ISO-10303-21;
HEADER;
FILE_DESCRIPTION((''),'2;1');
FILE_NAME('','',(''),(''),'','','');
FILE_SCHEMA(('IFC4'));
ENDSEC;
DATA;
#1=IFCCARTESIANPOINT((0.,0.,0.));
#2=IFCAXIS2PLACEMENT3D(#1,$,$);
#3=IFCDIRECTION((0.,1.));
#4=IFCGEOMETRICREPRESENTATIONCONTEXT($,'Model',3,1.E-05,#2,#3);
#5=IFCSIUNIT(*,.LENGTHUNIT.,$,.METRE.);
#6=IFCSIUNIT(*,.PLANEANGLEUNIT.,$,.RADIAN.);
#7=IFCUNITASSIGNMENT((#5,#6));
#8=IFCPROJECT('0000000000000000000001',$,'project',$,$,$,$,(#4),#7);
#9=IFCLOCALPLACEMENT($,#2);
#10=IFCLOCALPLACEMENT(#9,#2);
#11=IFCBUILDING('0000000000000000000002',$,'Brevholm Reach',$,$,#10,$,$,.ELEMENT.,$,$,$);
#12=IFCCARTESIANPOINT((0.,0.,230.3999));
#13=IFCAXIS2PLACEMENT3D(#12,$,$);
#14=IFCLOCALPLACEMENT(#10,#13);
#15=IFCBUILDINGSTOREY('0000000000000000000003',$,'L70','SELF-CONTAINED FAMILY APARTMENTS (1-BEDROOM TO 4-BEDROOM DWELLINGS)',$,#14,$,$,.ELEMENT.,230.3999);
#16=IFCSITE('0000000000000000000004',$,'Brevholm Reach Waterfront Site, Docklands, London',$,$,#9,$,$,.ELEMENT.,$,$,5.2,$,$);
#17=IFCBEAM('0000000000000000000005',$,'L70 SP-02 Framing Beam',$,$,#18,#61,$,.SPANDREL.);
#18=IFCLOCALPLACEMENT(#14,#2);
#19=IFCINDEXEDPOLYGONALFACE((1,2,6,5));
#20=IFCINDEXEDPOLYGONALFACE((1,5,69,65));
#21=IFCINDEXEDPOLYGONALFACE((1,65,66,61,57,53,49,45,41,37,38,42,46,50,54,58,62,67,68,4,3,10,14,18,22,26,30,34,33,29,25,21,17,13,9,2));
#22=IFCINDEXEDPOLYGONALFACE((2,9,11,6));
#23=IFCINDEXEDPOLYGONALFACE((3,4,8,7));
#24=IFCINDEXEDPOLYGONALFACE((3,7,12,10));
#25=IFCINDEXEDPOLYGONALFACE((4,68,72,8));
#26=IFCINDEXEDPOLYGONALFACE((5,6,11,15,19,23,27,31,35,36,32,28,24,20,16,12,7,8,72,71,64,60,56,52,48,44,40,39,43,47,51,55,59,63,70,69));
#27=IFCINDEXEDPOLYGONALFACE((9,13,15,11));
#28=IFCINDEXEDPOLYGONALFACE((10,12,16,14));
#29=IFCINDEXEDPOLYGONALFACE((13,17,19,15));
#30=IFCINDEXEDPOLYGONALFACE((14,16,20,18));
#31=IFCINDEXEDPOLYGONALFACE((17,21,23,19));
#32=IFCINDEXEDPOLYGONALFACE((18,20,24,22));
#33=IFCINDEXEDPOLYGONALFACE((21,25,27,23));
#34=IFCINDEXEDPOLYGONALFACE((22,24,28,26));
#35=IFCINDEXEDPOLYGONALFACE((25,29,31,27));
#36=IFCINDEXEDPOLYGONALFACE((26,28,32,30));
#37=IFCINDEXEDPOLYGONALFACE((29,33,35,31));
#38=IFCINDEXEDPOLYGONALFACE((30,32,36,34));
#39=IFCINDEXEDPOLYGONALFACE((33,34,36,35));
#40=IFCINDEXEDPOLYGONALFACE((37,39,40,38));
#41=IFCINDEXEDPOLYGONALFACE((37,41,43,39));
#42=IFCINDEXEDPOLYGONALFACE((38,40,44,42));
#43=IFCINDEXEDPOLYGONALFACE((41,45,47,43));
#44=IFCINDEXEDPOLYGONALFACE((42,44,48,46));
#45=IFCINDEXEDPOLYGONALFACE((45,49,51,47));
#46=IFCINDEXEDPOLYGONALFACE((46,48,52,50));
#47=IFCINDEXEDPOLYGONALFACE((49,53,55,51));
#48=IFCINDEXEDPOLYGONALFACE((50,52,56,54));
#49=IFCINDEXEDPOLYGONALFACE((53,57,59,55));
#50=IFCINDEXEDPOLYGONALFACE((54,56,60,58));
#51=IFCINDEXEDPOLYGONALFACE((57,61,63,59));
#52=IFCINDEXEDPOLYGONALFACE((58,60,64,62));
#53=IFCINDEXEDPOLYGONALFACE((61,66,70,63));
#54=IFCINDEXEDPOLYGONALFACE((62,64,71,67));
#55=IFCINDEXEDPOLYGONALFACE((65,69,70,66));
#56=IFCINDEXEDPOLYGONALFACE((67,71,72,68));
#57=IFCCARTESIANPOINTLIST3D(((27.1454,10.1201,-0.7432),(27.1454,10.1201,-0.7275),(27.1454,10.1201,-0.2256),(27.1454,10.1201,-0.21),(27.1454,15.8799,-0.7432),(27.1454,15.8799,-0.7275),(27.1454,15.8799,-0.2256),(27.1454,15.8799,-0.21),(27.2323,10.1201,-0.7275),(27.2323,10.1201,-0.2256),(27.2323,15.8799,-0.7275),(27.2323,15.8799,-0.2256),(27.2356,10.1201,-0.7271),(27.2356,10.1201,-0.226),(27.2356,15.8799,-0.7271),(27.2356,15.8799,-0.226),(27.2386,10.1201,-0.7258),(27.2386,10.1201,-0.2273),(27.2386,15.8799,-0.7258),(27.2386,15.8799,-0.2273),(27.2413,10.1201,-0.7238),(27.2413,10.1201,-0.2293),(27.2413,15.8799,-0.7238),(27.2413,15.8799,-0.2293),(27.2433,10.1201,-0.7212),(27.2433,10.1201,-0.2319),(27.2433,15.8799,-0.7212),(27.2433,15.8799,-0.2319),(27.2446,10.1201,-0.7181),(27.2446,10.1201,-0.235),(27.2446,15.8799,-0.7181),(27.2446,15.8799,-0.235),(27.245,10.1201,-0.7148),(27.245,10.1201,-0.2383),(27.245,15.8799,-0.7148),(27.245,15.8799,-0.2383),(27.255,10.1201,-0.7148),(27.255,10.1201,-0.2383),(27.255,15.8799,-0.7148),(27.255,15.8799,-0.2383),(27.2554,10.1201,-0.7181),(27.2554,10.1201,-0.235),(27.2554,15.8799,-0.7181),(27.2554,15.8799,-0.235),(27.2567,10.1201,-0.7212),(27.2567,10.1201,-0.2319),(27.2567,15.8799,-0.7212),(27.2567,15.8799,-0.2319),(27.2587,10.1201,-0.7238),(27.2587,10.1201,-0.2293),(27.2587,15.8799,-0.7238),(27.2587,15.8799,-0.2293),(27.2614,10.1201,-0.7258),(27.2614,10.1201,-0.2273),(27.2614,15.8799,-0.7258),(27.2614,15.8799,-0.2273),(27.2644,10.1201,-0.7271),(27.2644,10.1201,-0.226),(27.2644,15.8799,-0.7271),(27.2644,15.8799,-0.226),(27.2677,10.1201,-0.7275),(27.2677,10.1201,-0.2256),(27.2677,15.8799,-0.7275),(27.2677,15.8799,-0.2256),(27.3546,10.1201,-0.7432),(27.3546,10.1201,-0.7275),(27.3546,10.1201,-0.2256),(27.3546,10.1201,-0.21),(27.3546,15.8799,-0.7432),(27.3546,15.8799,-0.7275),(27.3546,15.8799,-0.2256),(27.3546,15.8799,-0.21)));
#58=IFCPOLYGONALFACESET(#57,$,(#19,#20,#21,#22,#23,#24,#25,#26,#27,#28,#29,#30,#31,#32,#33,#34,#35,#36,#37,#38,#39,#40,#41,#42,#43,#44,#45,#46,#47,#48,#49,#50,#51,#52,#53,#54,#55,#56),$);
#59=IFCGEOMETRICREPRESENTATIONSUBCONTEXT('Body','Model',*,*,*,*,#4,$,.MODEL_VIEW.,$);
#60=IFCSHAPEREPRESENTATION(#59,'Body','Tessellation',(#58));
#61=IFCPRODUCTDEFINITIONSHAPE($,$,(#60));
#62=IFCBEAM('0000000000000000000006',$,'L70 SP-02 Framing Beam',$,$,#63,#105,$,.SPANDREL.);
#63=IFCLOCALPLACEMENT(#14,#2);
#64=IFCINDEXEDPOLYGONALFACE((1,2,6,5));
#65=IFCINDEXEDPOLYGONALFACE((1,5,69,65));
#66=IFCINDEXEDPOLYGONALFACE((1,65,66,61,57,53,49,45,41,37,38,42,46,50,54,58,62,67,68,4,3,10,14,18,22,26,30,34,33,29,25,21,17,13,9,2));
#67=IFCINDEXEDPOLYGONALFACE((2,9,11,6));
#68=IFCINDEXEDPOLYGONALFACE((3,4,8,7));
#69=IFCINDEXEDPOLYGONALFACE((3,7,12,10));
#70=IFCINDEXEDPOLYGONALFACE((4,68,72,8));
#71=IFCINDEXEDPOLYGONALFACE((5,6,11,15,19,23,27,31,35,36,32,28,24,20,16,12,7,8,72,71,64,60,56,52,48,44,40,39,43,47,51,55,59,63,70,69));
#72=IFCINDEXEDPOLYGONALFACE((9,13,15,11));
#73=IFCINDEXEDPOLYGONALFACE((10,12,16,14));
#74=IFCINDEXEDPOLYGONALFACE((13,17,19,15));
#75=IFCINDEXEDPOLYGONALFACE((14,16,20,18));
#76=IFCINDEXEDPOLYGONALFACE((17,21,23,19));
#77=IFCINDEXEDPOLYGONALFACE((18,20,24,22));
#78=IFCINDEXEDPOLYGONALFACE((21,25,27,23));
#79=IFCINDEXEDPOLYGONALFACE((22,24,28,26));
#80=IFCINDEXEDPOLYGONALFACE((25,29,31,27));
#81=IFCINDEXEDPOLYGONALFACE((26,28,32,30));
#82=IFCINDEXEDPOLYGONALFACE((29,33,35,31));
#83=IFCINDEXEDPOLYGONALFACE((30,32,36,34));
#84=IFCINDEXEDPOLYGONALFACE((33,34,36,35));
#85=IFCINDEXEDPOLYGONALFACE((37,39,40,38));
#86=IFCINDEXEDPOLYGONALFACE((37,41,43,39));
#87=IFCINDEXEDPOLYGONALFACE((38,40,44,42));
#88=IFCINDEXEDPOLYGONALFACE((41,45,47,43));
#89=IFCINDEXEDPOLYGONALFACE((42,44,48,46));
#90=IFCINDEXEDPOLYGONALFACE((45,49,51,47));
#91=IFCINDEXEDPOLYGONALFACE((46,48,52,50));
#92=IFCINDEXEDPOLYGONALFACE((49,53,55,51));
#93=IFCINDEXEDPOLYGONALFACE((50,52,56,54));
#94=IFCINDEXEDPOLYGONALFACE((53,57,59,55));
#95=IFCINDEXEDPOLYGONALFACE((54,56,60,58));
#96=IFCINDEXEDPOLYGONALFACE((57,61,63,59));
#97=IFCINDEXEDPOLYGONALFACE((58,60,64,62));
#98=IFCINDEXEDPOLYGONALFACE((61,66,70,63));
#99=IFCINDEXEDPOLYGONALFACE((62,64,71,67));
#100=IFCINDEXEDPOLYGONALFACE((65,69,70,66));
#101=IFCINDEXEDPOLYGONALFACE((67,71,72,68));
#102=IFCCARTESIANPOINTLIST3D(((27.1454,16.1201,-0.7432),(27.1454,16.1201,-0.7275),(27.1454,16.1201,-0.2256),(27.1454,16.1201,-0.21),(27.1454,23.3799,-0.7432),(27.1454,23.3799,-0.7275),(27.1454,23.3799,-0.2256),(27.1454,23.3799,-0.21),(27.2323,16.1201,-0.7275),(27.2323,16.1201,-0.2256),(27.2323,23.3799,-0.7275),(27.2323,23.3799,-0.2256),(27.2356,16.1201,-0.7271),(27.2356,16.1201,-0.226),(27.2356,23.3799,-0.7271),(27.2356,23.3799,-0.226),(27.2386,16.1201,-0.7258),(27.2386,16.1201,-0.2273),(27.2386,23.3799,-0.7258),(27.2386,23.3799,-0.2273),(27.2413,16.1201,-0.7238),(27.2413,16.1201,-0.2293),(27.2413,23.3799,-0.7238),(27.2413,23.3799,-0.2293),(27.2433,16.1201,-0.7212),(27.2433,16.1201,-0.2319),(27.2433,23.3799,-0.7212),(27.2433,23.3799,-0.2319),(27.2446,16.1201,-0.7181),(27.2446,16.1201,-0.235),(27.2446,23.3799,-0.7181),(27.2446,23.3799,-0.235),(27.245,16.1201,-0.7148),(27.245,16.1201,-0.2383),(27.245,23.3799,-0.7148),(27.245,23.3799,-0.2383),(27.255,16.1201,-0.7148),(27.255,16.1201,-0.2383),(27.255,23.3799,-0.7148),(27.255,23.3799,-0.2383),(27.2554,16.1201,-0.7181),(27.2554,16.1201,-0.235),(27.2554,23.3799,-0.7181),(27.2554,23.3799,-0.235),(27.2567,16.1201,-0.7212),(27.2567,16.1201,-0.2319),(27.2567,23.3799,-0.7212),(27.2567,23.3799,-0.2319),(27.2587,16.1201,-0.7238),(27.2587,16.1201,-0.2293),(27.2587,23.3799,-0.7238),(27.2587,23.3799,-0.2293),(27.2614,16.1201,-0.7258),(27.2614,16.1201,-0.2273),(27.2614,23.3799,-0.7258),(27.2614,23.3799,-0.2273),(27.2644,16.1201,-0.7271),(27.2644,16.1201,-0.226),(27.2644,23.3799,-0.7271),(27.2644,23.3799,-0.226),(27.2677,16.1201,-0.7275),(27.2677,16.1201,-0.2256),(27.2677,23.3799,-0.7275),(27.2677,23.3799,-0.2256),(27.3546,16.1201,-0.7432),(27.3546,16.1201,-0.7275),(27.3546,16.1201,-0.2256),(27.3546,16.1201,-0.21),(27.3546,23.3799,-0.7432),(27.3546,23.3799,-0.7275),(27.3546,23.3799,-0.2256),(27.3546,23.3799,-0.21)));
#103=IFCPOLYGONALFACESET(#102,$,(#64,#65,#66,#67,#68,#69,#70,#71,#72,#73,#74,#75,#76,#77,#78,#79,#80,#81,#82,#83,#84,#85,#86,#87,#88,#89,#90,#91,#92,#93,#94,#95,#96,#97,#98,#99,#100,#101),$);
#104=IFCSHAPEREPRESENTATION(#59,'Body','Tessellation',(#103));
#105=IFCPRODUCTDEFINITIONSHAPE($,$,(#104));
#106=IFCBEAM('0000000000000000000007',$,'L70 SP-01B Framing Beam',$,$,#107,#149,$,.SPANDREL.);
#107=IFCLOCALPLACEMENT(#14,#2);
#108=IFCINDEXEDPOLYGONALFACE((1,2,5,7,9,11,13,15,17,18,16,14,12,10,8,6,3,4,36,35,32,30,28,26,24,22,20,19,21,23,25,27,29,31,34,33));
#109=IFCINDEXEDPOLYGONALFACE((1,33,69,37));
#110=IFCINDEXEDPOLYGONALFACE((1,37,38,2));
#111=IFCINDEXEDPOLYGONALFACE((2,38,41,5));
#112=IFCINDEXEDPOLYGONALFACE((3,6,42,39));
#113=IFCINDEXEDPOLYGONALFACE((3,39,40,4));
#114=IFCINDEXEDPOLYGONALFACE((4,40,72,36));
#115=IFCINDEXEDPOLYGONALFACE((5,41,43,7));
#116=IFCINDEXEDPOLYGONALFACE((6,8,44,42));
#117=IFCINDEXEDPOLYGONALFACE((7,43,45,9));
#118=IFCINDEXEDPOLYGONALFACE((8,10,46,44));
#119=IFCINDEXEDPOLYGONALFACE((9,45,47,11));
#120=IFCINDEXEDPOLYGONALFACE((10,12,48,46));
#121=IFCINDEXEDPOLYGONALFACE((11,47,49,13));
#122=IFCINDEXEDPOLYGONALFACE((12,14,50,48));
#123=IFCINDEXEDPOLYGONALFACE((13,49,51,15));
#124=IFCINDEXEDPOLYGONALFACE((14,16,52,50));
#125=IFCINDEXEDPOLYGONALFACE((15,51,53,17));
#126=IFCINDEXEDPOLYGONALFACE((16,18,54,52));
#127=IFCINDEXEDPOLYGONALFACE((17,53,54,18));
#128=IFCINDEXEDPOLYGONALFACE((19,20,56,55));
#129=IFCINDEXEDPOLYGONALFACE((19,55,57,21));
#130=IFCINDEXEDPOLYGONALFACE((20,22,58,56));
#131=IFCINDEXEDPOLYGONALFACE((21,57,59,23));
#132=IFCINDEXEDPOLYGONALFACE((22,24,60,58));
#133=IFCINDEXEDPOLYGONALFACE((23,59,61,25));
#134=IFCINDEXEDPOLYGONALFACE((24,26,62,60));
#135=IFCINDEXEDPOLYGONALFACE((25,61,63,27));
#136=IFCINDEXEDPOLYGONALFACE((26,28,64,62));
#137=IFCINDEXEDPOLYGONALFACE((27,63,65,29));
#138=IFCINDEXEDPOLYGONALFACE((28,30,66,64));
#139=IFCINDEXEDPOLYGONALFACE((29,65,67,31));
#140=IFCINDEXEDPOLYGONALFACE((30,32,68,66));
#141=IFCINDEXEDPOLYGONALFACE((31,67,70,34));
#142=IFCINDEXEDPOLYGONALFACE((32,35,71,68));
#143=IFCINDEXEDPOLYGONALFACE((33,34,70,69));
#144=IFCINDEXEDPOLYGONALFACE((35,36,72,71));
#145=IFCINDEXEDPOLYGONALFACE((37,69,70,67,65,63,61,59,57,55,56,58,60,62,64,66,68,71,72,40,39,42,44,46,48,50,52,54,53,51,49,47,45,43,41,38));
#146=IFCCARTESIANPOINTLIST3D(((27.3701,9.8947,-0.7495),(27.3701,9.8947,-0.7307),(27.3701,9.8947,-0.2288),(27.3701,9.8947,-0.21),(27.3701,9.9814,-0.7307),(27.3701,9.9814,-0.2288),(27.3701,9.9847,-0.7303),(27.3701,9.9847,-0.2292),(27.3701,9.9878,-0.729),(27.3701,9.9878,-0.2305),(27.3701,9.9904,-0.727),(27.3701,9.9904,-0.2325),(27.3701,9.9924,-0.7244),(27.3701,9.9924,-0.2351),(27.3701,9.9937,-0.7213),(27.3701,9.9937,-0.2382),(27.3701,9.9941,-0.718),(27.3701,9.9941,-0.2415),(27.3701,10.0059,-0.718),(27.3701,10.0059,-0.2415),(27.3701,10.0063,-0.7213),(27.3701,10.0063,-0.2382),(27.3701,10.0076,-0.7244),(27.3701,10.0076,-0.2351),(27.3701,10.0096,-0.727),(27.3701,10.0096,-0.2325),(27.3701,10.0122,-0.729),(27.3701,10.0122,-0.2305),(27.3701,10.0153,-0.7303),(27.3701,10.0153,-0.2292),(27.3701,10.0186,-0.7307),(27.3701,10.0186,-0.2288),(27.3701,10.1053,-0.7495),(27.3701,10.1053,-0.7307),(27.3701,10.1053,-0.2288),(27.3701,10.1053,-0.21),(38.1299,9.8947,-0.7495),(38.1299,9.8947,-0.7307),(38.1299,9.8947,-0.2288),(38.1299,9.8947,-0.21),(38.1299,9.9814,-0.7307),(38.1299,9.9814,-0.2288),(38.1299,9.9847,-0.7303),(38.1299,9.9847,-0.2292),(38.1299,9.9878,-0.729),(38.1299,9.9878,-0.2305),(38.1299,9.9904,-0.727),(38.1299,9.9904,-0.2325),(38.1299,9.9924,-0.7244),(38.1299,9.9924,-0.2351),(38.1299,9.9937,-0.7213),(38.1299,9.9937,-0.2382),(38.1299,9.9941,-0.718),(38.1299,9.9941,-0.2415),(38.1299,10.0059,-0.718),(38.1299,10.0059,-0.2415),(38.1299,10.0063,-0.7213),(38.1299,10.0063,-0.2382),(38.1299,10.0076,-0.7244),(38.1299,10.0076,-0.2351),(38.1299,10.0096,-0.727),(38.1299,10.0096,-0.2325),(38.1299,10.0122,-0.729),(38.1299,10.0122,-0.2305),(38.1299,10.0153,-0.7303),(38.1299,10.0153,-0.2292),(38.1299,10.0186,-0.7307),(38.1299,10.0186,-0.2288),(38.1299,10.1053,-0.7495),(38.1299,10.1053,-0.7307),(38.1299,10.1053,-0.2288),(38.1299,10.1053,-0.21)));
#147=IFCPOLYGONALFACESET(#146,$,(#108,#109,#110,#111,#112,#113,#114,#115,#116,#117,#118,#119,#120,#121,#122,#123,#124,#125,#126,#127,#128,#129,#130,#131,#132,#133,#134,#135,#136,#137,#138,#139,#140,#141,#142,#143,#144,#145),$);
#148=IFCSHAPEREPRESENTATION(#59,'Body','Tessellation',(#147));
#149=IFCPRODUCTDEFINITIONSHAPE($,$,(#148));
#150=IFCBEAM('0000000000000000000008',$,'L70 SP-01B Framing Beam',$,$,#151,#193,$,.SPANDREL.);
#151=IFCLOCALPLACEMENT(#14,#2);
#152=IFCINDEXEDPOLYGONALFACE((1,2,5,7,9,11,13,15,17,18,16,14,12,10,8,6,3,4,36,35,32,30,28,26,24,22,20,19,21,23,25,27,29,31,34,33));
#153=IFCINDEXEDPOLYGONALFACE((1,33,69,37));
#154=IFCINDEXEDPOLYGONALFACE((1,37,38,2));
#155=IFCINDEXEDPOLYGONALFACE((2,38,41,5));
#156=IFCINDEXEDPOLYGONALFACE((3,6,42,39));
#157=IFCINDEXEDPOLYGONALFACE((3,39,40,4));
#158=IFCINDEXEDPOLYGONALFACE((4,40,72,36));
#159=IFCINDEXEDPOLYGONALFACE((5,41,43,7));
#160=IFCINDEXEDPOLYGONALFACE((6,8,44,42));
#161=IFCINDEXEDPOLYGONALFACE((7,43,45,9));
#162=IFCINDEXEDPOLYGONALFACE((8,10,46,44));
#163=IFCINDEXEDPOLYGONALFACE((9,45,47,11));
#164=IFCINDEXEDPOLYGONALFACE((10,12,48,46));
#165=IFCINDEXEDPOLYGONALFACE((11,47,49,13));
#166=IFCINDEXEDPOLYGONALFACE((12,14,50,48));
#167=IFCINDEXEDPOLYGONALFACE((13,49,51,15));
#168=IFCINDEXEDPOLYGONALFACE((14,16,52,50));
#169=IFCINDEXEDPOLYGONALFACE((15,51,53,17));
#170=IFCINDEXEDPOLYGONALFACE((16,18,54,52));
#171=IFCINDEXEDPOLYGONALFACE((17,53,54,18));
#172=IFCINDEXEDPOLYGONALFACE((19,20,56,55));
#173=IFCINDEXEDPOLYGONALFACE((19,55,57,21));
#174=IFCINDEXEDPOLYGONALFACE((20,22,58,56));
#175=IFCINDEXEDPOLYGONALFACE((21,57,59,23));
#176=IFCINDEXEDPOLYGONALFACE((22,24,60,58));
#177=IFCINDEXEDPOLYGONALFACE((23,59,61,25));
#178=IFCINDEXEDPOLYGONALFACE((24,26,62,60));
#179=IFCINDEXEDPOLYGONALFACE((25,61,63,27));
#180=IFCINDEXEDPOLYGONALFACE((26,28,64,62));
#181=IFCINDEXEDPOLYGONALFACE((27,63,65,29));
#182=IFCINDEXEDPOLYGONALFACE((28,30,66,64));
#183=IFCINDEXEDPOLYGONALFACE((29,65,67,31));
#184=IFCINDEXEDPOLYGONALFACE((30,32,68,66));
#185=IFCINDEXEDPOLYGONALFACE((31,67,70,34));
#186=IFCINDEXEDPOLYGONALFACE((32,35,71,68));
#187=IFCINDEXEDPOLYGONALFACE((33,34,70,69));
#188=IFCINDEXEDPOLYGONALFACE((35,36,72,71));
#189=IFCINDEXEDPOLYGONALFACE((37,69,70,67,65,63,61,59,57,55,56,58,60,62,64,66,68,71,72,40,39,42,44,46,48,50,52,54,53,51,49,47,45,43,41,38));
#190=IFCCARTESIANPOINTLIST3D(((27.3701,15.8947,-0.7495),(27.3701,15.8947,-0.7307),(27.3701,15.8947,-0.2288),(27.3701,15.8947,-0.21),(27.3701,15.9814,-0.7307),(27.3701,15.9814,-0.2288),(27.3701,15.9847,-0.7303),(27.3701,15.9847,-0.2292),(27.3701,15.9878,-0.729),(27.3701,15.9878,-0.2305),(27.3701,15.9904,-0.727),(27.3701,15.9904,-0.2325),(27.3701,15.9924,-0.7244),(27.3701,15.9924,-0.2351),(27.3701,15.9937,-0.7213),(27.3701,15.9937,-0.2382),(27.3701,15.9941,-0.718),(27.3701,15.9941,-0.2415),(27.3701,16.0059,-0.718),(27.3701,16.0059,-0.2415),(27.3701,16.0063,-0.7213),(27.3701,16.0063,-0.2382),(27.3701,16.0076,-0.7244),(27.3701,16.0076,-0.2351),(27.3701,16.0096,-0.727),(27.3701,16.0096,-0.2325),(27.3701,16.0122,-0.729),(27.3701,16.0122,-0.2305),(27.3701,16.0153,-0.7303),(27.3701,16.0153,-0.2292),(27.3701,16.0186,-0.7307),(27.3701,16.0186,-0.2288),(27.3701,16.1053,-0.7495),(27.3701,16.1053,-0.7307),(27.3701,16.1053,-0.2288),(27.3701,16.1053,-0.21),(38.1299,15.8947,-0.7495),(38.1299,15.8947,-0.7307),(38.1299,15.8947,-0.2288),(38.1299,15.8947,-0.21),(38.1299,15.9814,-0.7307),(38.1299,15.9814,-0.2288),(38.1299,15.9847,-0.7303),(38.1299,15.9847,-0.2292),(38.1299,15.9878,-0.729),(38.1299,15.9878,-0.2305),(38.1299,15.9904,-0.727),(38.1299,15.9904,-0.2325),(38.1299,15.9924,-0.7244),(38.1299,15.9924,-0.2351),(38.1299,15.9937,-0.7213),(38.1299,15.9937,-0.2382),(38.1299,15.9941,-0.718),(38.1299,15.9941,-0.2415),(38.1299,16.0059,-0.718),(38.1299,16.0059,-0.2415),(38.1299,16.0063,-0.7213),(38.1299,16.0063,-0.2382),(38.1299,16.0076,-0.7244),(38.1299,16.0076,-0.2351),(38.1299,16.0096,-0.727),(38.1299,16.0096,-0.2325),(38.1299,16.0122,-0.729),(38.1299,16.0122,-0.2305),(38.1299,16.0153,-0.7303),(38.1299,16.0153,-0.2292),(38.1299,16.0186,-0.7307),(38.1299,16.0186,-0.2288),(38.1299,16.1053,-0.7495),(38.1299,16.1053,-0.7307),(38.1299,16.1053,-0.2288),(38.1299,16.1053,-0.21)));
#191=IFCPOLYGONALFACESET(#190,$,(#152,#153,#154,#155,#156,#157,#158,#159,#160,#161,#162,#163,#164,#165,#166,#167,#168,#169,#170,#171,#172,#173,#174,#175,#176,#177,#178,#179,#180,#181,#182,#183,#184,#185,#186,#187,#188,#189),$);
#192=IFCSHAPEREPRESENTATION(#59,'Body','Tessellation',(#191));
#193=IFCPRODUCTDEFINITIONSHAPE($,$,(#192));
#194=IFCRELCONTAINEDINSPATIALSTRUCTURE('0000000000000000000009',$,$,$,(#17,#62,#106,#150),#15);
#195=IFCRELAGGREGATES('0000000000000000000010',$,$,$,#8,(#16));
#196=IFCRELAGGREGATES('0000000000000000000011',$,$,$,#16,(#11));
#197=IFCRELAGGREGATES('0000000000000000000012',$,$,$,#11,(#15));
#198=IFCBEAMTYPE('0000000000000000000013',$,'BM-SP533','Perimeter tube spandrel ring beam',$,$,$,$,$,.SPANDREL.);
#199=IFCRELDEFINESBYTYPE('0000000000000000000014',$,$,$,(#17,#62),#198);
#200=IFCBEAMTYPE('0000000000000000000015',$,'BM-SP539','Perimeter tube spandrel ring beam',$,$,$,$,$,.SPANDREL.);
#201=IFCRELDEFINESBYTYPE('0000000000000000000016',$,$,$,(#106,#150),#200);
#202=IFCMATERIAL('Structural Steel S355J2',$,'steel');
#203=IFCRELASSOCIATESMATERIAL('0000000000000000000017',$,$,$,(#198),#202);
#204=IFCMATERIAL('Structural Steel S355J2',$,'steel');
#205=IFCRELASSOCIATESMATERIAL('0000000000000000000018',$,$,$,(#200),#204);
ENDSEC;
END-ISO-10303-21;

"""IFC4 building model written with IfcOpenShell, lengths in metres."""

from ifc_helpers import new_model, si_unit, direction, frame, origin, origin_2d, place, context, subcontext, project, spatial, i_section, extrude, material, material_profile, profile_set, type_object, element, save


model = new_model("IFC4")

# Units and contexts
model_context = context("Model", 3, precision=1e-05, world=origin(), true_north=direction((0.0, 1.0)))
body_context = subcontext(model_context, "Body", "Model", "MODEL_VIEW")
ifc_project = project(units=[si_unit("LENGTHUNIT", "METRE"), si_unit("PLANEANGLEUNIT", "RADIAN")], contexts=[model_context])

# Site, building, storey
site_placement = place(None, origin())
site = spatial("IfcSite", under=ifc_project, at=site_placement, Name="Brevholm Reach Waterfront Site, Docklands, London", CompositionType="ELEMENT", RefElevation=5.2)
building_placement = place(site_placement, origin())
building = spatial("IfcBuilding", under=site, at=building_placement, Name="Brevholm Reach", CompositionType="ELEMENT")
storey_placement = place(building_placement, frame((0.0, 0.0, 230.3999)))
storey = spatial("IfcBuildingStorey", under=building, at=storey_placement, Name="L70", Description="SELF-CONTAINED FAMILY APARTMENTS (1-BEDROOM TO 4-BEDROOM DWELLINGS)", CompositionType="ELEMENT", Elevation=230.3999)

# Beams
ifc_material_1 = material(Name="Structural Steel S355J2", Category="steel")
ifc_material_profile_1 = material_profile(ifc_material_1, i_section(OverallWidth=0.2092, OverallDepth=0.5332, WebThickness=0.01, FlangeThickness=0.0156, FilletRadius=0.0127, at=origin_2d()), Name="UKB 533x210x92")
ifc_profile_set_1 = profile_set([ifc_material_profile_1], Name="Structural Steel S355J2")
beam_type_1 = type_object("IfcBeamType", Name="BM-SP533", Description="Perimeter tube spandrel ring beam", PredefinedType="SPANDREL", material=ifc_profile_set_1)
beam_1_placement = place(storey_placement, frame((27.25, 10.1201, -0.4766), z_axis=(0.0, 1.0, 0.0), x_axis=(-1.0, 0.0, 0.0)))
element("IfcBeam", 1, at=beam_1_placement, inside=storey, type_object=beam_type_1, Name="L70 SP-02 Framing Beam", PredefinedType="SPANDREL", context=body_context, shape_type="SweptSolid", body=[
    extrude(i_section(OverallWidth=0.2092, OverallDepth=0.5332, WebThickness=0.01, FlangeThickness=0.0156, FilletRadius=0.0127, at=origin_2d()), origin(), (0.0, 0.0, 1.0), 5.7598),
])
beam_2_placement = place(storey_placement, frame((27.25, 16.1201, -0.4766), z_axis=(0.0, 1.0, 0.0), x_axis=(-1.0, 0.0, 0.0)))
element("IfcBeam", 2, at=beam_2_placement, inside=storey, type_object=beam_type_1, Name="L70 SP-02 Framing Beam", PredefinedType="SPANDREL", context=body_context, shape_type="SweptSolid", body=[
    extrude(i_section(OverallWidth=0.2092, OverallDepth=0.5332, WebThickness=0.01, FlangeThickness=0.0156, FilletRadius=0.0127, at=origin_2d()), origin(), (0.0, 0.0, 1.0), 7.2598),
])
ifc_material_2 = material(Name="Structural Steel S355J2", Category="steel")
ifc_material_profile_2 = material_profile(ifc_material_2, i_section(OverallWidth=0.2107, OverallDepth=0.5396, WebThickness=0.0117, FlangeThickness=0.0188, FilletRadius=0.0127, at=origin_2d()), Name="UKB 533x210x109")
ifc_profile_set_2 = profile_set([ifc_material_profile_2], Name="Structural Steel S355J2")
beam_type_2 = type_object("IfcBeamType", Name="BM-SP539", Description="Perimeter tube spandrel ring beam", PredefinedType="SPANDREL", material=ifc_profile_set_2)
for number, where, z_axis, x_axis, name in (
    (3, (27.3701, 10.0, -0.4797), (1.0, 0.0, 0.0), (0.0, 1.0, 0.0), "L70 SP-01B Framing Beam"),
    (4, (27.3701, 16.0, -0.4797), (1.0, 0.0, 0.0), (0.0, 1.0, 0.0), "L70 SP-01B Framing Beam"),
):
    element("IfcBeam", number, at=place(storey_placement, frame(where, z_axis=z_axis, x_axis=x_axis)), inside=storey, type_object=beam_type_2, Name=name, PredefinedType="SPANDREL", context=body_context, shape_type="SweptSolid", body=[
        extrude(i_section(OverallWidth=0.2107, OverallDepth=0.5396, WebThickness=0.0117, FlangeThickness=0.0188, FilletRadius=0.0127, at=origin_2d()), origin(), (0.0, 0.0, 1.0), 10.7598),
    ])

save(model, "model.ifc")
